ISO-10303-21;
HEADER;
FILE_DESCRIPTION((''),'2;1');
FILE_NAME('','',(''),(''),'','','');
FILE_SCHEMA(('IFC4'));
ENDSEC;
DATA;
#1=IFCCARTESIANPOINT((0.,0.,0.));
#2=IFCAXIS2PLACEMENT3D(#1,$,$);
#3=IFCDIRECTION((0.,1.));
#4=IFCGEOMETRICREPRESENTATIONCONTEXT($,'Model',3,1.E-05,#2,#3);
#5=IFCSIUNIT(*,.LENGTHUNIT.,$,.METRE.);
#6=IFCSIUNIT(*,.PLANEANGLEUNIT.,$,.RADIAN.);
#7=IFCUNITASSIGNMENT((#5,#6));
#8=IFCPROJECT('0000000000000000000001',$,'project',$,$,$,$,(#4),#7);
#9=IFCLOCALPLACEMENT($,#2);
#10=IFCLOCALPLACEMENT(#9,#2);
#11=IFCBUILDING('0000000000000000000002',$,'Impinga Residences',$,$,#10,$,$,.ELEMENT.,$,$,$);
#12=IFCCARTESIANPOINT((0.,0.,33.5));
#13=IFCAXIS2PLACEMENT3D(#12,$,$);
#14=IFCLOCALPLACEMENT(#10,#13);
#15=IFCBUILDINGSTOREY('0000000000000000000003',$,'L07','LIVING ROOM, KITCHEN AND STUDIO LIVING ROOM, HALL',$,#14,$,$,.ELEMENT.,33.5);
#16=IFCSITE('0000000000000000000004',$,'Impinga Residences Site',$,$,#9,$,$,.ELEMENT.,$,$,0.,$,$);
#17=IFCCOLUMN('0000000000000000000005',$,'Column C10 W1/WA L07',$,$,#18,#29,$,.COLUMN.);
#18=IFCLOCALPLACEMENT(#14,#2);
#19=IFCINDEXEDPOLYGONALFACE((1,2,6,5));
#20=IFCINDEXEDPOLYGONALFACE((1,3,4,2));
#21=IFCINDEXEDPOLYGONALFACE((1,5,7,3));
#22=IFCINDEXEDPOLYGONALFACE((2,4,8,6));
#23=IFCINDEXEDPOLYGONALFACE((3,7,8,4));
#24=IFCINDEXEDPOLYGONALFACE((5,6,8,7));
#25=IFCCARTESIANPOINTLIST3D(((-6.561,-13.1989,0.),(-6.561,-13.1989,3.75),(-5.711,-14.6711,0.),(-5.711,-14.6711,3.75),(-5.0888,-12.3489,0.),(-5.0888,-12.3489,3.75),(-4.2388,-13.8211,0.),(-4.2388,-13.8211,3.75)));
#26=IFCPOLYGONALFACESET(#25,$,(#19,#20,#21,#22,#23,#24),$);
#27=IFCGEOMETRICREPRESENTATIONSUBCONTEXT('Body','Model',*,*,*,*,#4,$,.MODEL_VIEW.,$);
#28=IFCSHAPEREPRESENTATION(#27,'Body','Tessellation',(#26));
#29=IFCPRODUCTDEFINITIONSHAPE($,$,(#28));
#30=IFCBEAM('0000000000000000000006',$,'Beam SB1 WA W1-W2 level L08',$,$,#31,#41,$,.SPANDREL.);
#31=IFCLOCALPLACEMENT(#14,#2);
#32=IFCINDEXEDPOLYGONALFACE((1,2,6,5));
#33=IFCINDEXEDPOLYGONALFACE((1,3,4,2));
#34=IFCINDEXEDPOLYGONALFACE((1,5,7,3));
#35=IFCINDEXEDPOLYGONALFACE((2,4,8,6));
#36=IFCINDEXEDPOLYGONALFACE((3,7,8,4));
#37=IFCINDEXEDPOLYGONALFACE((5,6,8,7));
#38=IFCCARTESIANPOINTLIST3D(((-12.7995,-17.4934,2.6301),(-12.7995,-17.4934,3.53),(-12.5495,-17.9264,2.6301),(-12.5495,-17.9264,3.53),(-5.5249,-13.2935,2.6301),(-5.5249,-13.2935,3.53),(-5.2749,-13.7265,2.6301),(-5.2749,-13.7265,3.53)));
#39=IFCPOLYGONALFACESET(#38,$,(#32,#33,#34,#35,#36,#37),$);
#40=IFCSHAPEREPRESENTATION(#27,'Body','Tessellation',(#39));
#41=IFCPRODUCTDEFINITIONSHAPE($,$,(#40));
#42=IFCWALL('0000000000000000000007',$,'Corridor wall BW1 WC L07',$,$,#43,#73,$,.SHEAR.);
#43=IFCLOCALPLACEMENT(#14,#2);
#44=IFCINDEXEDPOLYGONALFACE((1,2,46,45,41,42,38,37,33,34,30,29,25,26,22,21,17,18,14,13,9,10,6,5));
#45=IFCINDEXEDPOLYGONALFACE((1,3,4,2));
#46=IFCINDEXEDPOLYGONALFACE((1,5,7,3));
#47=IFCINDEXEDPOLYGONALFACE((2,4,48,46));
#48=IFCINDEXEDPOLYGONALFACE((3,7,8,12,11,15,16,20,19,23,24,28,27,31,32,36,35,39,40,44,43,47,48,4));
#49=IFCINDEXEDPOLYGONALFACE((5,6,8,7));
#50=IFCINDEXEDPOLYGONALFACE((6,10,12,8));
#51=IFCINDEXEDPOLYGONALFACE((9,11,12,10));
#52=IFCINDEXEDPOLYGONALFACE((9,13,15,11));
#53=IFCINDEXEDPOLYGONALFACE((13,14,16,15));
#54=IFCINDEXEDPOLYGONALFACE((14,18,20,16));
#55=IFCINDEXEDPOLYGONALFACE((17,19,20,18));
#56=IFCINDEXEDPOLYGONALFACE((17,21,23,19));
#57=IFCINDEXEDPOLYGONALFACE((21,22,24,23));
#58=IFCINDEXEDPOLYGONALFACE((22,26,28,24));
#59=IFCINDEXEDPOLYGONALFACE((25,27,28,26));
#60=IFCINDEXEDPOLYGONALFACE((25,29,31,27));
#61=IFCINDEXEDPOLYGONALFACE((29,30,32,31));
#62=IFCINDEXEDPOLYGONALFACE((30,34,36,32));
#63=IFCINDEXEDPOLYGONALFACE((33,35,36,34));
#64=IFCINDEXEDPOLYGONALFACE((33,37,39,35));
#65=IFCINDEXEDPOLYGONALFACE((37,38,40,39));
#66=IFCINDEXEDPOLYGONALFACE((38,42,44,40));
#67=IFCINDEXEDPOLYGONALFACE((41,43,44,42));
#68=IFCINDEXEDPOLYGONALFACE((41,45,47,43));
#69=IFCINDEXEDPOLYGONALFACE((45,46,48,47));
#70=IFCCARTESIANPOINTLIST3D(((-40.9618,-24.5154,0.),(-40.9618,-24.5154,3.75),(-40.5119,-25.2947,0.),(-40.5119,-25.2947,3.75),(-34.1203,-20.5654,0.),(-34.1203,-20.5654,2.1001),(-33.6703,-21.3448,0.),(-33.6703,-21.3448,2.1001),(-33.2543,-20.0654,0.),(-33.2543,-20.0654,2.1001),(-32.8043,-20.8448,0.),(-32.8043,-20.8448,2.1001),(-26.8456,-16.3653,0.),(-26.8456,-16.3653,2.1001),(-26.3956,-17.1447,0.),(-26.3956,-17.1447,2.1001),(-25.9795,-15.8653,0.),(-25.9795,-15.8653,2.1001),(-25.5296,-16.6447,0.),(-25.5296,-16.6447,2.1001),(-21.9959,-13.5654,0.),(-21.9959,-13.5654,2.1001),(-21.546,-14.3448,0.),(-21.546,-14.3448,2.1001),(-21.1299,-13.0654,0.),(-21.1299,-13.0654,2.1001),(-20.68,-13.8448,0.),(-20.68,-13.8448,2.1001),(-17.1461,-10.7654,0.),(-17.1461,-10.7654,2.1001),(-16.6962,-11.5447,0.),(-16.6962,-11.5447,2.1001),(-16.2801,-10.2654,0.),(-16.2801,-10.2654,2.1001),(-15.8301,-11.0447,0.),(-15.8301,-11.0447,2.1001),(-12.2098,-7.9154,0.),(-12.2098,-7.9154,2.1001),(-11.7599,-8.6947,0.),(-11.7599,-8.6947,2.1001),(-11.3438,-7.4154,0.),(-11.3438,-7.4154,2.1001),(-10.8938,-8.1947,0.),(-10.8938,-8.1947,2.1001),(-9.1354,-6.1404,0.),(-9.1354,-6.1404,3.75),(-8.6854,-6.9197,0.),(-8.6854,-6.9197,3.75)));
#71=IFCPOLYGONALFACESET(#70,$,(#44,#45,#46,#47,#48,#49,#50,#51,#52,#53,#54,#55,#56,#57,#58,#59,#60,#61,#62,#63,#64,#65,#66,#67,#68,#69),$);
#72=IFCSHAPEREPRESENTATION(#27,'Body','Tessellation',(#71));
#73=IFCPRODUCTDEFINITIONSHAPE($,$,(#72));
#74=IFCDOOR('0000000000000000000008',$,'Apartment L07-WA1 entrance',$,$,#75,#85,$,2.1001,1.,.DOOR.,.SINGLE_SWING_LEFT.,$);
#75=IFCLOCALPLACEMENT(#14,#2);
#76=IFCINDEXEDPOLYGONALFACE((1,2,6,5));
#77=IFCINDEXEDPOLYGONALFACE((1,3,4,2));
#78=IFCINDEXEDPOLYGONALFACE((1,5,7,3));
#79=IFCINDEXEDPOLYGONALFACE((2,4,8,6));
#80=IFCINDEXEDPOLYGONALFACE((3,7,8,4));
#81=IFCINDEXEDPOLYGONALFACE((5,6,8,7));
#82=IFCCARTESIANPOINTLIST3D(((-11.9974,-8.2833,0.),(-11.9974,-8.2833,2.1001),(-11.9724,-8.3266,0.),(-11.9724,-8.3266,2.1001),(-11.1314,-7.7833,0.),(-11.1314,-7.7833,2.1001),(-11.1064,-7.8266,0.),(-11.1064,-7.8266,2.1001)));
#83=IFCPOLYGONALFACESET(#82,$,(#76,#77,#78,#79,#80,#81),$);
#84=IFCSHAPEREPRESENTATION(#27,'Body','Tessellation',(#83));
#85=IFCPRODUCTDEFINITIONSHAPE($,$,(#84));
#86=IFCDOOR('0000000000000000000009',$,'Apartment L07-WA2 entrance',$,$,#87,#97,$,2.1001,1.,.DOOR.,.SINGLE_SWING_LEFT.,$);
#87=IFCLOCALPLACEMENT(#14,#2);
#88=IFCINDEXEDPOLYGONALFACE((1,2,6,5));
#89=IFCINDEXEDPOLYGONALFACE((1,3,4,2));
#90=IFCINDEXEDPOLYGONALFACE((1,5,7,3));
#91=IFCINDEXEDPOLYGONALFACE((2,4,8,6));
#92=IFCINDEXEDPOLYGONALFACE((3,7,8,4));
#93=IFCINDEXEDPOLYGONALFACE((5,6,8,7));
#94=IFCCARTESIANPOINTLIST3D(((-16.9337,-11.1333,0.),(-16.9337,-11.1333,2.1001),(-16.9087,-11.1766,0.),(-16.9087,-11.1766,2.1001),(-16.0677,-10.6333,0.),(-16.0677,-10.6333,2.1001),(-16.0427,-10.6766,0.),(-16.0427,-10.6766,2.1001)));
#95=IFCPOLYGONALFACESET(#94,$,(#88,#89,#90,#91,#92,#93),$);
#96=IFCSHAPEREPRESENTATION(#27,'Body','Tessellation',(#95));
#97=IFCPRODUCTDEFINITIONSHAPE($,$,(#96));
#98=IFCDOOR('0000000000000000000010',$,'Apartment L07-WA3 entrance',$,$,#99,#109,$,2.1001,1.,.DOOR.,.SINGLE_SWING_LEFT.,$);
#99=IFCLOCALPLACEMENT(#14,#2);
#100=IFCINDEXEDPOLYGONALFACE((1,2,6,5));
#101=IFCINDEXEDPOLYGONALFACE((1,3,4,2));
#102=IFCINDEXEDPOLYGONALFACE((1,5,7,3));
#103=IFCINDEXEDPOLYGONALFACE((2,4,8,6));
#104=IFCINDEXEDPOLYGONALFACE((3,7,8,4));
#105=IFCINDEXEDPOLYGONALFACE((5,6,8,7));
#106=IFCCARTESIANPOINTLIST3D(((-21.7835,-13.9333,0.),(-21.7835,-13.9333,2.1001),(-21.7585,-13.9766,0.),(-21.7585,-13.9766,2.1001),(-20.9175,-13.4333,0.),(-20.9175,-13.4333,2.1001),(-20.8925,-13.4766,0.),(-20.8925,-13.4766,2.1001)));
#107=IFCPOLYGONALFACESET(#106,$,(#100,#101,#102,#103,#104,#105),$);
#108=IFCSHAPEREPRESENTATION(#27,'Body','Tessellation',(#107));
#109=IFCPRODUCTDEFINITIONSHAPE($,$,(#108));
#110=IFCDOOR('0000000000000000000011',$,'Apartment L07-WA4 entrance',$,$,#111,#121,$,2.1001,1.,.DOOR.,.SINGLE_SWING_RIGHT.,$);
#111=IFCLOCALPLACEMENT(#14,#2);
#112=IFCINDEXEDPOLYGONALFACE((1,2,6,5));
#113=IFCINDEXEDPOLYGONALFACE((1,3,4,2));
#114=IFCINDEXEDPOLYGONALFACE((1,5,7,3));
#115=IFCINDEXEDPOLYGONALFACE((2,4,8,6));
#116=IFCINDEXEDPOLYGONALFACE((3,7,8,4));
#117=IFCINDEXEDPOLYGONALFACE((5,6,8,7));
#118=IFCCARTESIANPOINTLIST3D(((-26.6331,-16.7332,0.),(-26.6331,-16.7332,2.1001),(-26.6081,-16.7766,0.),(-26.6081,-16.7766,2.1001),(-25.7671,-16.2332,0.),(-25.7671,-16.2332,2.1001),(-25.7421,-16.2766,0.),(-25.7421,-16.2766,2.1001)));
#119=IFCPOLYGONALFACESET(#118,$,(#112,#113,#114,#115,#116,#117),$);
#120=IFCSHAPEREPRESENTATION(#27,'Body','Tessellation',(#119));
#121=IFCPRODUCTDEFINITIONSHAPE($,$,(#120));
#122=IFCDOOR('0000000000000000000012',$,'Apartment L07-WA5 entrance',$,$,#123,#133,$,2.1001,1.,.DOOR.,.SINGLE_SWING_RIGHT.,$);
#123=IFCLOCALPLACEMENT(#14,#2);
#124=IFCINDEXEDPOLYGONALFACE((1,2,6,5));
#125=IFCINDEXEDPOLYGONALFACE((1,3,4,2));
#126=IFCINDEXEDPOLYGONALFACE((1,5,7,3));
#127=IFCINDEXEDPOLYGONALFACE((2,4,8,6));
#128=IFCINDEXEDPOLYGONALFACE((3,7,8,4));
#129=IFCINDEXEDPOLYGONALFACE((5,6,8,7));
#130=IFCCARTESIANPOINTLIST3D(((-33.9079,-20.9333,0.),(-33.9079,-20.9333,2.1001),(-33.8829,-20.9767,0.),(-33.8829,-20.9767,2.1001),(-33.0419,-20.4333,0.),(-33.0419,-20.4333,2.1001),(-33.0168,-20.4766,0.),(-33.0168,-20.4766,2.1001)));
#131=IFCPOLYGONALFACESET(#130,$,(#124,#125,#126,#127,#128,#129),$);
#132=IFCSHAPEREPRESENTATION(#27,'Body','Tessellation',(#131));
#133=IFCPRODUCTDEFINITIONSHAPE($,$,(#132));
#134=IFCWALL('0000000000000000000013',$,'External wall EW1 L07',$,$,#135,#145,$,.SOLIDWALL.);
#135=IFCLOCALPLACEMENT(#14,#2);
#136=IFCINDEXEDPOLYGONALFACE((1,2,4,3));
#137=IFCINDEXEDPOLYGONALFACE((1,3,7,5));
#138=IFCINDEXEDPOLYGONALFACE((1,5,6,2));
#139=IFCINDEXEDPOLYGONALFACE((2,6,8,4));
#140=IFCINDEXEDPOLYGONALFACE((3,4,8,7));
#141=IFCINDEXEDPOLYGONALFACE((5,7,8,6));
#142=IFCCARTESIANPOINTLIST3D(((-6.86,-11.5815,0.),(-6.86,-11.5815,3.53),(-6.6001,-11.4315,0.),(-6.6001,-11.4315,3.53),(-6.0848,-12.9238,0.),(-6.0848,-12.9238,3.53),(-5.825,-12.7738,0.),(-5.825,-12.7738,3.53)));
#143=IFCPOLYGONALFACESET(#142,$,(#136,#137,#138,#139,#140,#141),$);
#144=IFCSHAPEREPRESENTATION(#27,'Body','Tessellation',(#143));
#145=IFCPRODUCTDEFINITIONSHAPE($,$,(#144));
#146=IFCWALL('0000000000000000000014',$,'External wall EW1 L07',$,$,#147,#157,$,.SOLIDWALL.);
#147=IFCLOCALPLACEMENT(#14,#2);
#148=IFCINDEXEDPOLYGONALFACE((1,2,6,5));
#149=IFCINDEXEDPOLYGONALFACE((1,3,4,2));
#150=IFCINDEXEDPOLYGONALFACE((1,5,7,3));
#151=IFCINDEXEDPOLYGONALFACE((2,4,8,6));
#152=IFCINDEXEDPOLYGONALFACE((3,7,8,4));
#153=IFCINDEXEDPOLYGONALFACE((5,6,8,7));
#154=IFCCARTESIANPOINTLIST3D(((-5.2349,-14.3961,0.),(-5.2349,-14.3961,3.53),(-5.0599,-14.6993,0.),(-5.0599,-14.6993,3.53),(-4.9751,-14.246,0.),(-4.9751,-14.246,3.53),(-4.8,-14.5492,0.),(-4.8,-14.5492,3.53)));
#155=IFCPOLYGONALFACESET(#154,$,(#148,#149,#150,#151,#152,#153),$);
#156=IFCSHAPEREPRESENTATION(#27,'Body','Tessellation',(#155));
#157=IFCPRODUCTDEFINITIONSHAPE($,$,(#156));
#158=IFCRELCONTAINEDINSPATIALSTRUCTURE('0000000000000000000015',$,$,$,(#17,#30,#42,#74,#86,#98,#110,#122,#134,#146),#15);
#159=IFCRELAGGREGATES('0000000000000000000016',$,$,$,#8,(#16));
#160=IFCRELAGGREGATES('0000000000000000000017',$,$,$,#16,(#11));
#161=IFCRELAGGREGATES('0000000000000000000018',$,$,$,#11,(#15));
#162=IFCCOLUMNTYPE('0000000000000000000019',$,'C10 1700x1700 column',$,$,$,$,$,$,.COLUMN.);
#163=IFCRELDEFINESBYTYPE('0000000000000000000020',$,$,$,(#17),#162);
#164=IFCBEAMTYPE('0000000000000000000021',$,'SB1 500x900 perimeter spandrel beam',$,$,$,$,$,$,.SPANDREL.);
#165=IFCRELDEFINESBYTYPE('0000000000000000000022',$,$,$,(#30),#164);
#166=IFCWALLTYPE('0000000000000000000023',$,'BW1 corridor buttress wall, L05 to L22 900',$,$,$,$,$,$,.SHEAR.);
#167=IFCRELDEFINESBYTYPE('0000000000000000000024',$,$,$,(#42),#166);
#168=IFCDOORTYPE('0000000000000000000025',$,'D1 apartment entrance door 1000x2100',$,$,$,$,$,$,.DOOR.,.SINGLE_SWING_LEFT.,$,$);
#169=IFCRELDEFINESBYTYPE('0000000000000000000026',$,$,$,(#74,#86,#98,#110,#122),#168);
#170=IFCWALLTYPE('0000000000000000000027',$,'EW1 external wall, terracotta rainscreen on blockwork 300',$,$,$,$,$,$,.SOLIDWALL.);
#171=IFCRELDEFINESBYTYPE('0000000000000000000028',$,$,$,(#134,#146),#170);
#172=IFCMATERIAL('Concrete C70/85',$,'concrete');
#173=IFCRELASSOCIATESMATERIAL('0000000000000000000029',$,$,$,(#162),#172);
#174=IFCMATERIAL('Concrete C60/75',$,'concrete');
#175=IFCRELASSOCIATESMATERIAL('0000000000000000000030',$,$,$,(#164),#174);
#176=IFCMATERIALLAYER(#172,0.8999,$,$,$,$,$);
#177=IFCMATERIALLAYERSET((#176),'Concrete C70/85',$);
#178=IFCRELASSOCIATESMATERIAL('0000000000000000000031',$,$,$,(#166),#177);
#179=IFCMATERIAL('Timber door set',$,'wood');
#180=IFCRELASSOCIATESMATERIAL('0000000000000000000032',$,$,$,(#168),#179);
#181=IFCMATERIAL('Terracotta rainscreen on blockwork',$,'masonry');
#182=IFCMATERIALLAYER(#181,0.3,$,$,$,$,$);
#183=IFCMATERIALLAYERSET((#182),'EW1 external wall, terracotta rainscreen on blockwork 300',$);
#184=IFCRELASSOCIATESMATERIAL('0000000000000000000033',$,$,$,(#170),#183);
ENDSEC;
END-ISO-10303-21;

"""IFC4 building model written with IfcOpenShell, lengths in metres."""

from ifc_helpers import new_model, si_unit, direction, frame, frame_2d, origin, origin_2d, place, context, subcontext, project, spatial, rectangle, extrude, material, layer, layer_set, material_profile, profile_set, type_object, element, fill, save


model = new_model("IFC4")

# Units and contexts
model_context = context("Model", 3, precision=1e-05, world=origin(), true_north=direction((0.0, 1.0)))
body_context = subcontext(model_context, "Body", "Model", "MODEL_VIEW")
ifc_project = project(units=[si_unit("LENGTHUNIT", "METRE"), si_unit("PLANEANGLEUNIT", "RADIAN")], contexts=[model_context])

# Site, building, storey
site_placement = place(None, origin())
site = spatial("IfcSite", under=ifc_project, at=site_placement, Name="Impinga Residences Site", CompositionType="ELEMENT", RefElevation=0.0)
building_placement = place(site_placement, origin())
building = spatial("IfcBuilding", under=site, at=building_placement, Name="Impinga Residences", CompositionType="ELEMENT")
storey_placement = place(building_placement, frame((0.0, 0.0, 33.5)))
storey = spatial("IfcBuildingStorey", under=building, at=storey_placement, Name="L07", Description="LIVING ROOM, KITCHEN AND STUDIO LIVING ROOM, HALL", CompositionType="ELEMENT", Elevation=33.5)

# Column
ifc_material_1 = material(Name="Concrete C70/85", Category="concrete")
ifc_material_profile_1 = material_profile(ifc_material_1, rectangle(XDim=1.7, YDim=1.7, at=origin_2d()), Name="RC 1700x1700")
ifc_profile_set_1 = profile_set([ifc_material_profile_1], Name="Concrete C70/85")
column_type = type_object("IfcColumnType", Name="C10 1700x1700 column", PredefinedType="COLUMN", material=ifc_profile_set_1)
column_placement = place(storey_placement, frame((-5.3999, -13.51, 0.0), z_axis=(0.0, 0.0, 1.0), x_axis=(-0.5, 0.866025, 0.0)))
element("IfcColumn", 1, at=column_placement, inside=storey, type_object=column_type, Name="Column C10 W1/WA L07", PredefinedType="COLUMN", context=body_context, shape_type="SweptSolid", body=[
    extrude(rectangle(XDim=1.7, YDim=1.7, at=origin_2d()), origin(), (0.0, 0.0, 1.0), 3.75),
])

# Beam
ifc_material_2 = material(Name="Concrete C60/75", Category="concrete")
ifc_material_profile_2 = material_profile(ifc_material_2, rectangle(XDim=0.5, YDim=0.8999, at=origin_2d()), Name="RC 500x900")
ifc_profile_set_2 = profile_set([ifc_material_profile_2], Name="Concrete C60/75")
beam_type = type_object("IfcBeamType", Name="SB1 500x900 perimeter spandrel beam", PredefinedType="SPANDREL", material=ifc_profile_set_2)
beam_placement = place(storey_placement, frame((-5.3999, -13.51, 3.0801), z_axis=(-0.866029, -0.499993, 0.0), x_axis=(0.499993, -0.866029, 0.0)))
element("IfcBeam", 2, at=beam_placement, inside=storey, type_object=beam_type, Name="Beam SB1 WA W1-W2 level L08", PredefinedType="SPANDREL", context=body_context, shape_type="SweptSolid", body=[
    extrude(rectangle(XDim=0.5, YDim=0.8999, at=origin_2d()), origin(), (0.0, 0.0, 1.0), 8.3999),
])

# Wall, openings, doors
ifc_layer_1 = layer(ifc_material_1, 0.8999)
ifc_layer_set_1 = layer_set([ifc_layer_1], Name="Concrete C70/85")
wall_type_1 = type_object("IfcWallType", Name="BW1 corridor buttress wall, L05 to L22 900", PredefinedType="SHEAR", material=ifc_layer_set_1)
wall_1_placement = place(storey_placement, frame((-8.9104, -6.53, 0.0), z_axis=(0.0, 0.0, 1.0), x_axis=(-0.866025, -0.5, 0.0)))
wall_1 = element("IfcWall", 3, at=wall_1_placement, inside=storey, type_object=wall_type_1, Name="Corridor wall BW1 WC L07", PredefinedType="SHEAR", context=body_context, shape_type="SweptSolid", body=[
    extrude(rectangle(XDim=36.75, YDim=0.8999, at=frame_2d((18.375, 0.0))), origin(), (0.0, 0.0, 1.0), 3.75),
])
opening_1_placement = place(wall_1_placement, frame((2.55, 0.0, 0.0)))
opening_1 = element("IfcOpeningElement", 4, at=opening_1_placement, cuts=wall_1, PredefinedType="OPENING", context=body_context, shape_type="SweptSolid", body=[
    extrude(rectangle(XDim=1.0, YDim=2.1001, at=frame_2d((0.5, 1.05))), frame((0.0, 0.46, 0.0), z_axis=(0.0, -1.0, 0.0), x_axis=(1.0, 0.0, 0.0)), (0.0, 0.0, 1.0), 0.9199),
])
opening_2_placement = place(wall_1_placement, frame((8.25, 0.0, 0.0)))
opening_2 = element("IfcOpeningElement", 5, at=opening_2_placement, cuts=wall_1, PredefinedType="OPENING", context=body_context, shape_type="SweptSolid", body=[
    extrude(rectangle(XDim=1.0, YDim=2.1001, at=frame_2d((0.5, 1.05))), frame((0.0, 0.46, 0.0), z_axis=(0.0, -1.0, 0.0), x_axis=(1.0, 0.0, 0.0)), (0.0, 0.0, 1.0), 0.9199),
])
opening_3_placement = place(wall_1_placement, frame((13.8501, 0.0, 0.0)))
opening_3 = element("IfcOpeningElement", 6, at=opening_3_placement, cuts=wall_1, PredefinedType="OPENING", context=body_context, shape_type="SweptSolid", body=[
    extrude(rectangle(XDim=1.0, YDim=2.1001, at=frame_2d((0.5, 1.05))), frame((0.0, 0.46, 0.0), z_axis=(0.0, -1.0, 0.0), x_axis=(1.0, 0.0, 0.0)), (0.0, 0.0, 1.0), 0.9199),
])
opening_4_placement = place(wall_1_placement, frame((19.45, 0.0, 0.0)))
opening_4 = element("IfcOpeningElement", 7, at=opening_4_placement, cuts=wall_1, PredefinedType="OPENING", context=body_context, shape_type="SweptSolid", body=[
    extrude(rectangle(XDim=1.0, YDim=2.1001, at=frame_2d((0.5, 1.05))), frame((0.0, 0.46, 0.0), z_axis=(0.0, -1.0, 0.0), x_axis=(1.0, 0.0, 0.0)), (0.0, 0.0, 1.0), 0.9199),
])
opening_5_placement = place(wall_1_placement, frame((27.8501, 0.0, 0.0)))
opening_5 = element("IfcOpeningElement", 8, at=opening_5_placement, cuts=wall_1, PredefinedType="OPENING", context=body_context, shape_type="SweptSolid", body=[
    extrude(rectangle(XDim=1.0, YDim=2.1001, at=frame_2d((0.5, 1.05))), frame((0.0, 0.46, 0.0), z_axis=(0.0, -1.0, 0.0), x_axis=(1.0, 0.0, 0.0)), (0.0, 0.0, 1.0), 0.9199),
])
ifc_material_3 = material(Name="Timber door set", Category="wood")
door_type_1 = type_object("IfcDoorType", Name="D1 apartment entrance door 1000x2100", OperationType="SINGLE_SWING_LEFT", PredefinedType="DOOR", material=ifc_material_3)
door_1_placement = place(opening_1_placement, origin())
door_1 = element("IfcDoor", 9, at=door_1_placement, inside=storey, type_object=door_type_1, Name="Apartment L07-WA1 entrance", OperationType="SINGLE_SWING_LEFT", OverallHeight=2.1001, OverallWidth=1.0, PredefinedType="DOOR", context=body_context, shape_type="SweptSolid", body=[
    extrude(rectangle(XDim=1.0, YDim=2.1001, at=frame_2d((0.5, 1.05))), frame((0.0, 0.0249, 0.0), z_axis=(0.0, -1.0, 0.0), x_axis=(1.0, 0.0, 0.0)), (0.0, 0.0, 1.0), 0.05),
])
fill(opening_1, door_1)
door_2_placement = place(opening_2_placement, origin())
door_2 = element("IfcDoor", 10, at=door_2_placement, inside=storey, type_object=door_type_1, Name="Apartment L07-WA2 entrance", OperationType="SINGLE_SWING_LEFT", OverallHeight=2.1001, OverallWidth=1.0, PredefinedType="DOOR", context=body_context, shape_type="SweptSolid", body=[
    extrude(rectangle(XDim=1.0, YDim=2.1001, at=frame_2d((0.5, 1.05))), frame((0.0, 0.0249, 0.0), z_axis=(0.0, -1.0, 0.0), x_axis=(1.0, 0.0, 0.0)), (0.0, 0.0, 1.0), 0.05),
])
fill(opening_2, door_2)
door_3_placement = place(opening_3_placement, origin())
door_3 = element("IfcDoor", 11, at=door_3_placement, inside=storey, type_object=door_type_1, Name="Apartment L07-WA3 entrance", OperationType="SINGLE_SWING_LEFT", OverallHeight=2.1001, OverallWidth=1.0, PredefinedType="DOOR", context=body_context, shape_type="SweptSolid", body=[
    extrude(rectangle(XDim=1.0, YDim=2.1001, at=frame_2d((0.5, 1.05))), frame((0.0, 0.0249, 0.0), z_axis=(0.0, -1.0, 0.0), x_axis=(1.0, 0.0, 0.0)), (0.0, 0.0, 1.0), 0.05),
])
fill(opening_3, door_3)
door_4_placement = place(opening_4_placement, origin())
door_4 = element("IfcDoor", 12, at=door_4_placement, inside=storey, type_object=door_type_1, Name="Apartment L07-WA4 entrance", OperationType="SINGLE_SWING_RIGHT", OverallHeight=2.1001, OverallWidth=1.0, PredefinedType="DOOR", context=body_context, shape_type="SweptSolid", body=[
    extrude(rectangle(XDim=1.0, YDim=2.1001, at=frame_2d((0.5, 1.05))), frame((0.0, 0.0249, 0.0), z_axis=(0.0, -1.0, 0.0), x_axis=(1.0, 0.0, 0.0)), (0.0, 0.0, 1.0), 0.05),
])
fill(opening_4, door_4)
door_5_placement = place(opening_5_placement, origin())
door_5 = element("IfcDoor", 13, at=door_5_placement, inside=storey, type_object=door_type_1, Name="Apartment L07-WA5 entrance", OperationType="SINGLE_SWING_RIGHT", OverallHeight=2.1001, OverallWidth=1.0, PredefinedType="DOOR", context=body_context, shape_type="SweptSolid", body=[
    extrude(rectangle(XDim=1.0, YDim=2.1001, at=frame_2d((0.5, 1.05))), frame((0.0, 0.0249, 0.0), z_axis=(0.0, -1.0, 0.0), x_axis=(1.0, 0.0, 0.0)), (0.0, 0.0, 1.0), 0.05),
])
fill(opening_5, door_5)

# Walls
ifc_material_4 = material(Name="Terracotta rainscreen on blockwork", Category="masonry")
ifc_layer_2 = layer(ifc_material_4, 0.3)
ifc_layer_set_2 = layer_set([ifc_layer_2], Name="EW1 external wall, terracotta rainscreen on blockwork 300")
wall_type_2 = type_object("IfcWallType", Name="EW1 external wall, terracotta rainscreen on blockwork 300", PredefinedType="SOLIDWALL", material=ifc_layer_set_2)
wall_2_placement = place(storey_placement, frame((-6.73, -11.5066, 0.0), z_axis=(0.0, 0.0, 1.0), x_axis=(0.500086, -0.865976, 0.0)))
element("IfcWall", 14, at=wall_2_placement, inside=storey, type_object=wall_type_2, Name="External wall EW1 L07", PredefinedType="SOLIDWALL", context=body_context, shape_type="SweptSolid", body=[
    extrude(rectangle(XDim=1.55, YDim=0.3, at=frame_2d((0.7749, 0.0))), origin(), (0.0, 0.0, 1.0), 3.53),
])
wall_3_placement = place(storey_placement, frame((-5.105, -14.321, 0.0), z_axis=(0.0, 0.0, 1.0), x_axis=(0.499964, -0.866046, 0.0)))
element("IfcWall", 15, at=wall_3_placement, inside=storey, type_object=wall_type_2, Name="External wall EW1 L07", PredefinedType="SOLIDWALL", context=body_context, shape_type="SweptSolid", body=[
    extrude(rectangle(XDim=0.3501, YDim=0.3, at=frame_2d((0.175, 0.0))), origin(), (0.0, 0.0, 1.0), 3.53),
])

save(model, "model.ifc")
